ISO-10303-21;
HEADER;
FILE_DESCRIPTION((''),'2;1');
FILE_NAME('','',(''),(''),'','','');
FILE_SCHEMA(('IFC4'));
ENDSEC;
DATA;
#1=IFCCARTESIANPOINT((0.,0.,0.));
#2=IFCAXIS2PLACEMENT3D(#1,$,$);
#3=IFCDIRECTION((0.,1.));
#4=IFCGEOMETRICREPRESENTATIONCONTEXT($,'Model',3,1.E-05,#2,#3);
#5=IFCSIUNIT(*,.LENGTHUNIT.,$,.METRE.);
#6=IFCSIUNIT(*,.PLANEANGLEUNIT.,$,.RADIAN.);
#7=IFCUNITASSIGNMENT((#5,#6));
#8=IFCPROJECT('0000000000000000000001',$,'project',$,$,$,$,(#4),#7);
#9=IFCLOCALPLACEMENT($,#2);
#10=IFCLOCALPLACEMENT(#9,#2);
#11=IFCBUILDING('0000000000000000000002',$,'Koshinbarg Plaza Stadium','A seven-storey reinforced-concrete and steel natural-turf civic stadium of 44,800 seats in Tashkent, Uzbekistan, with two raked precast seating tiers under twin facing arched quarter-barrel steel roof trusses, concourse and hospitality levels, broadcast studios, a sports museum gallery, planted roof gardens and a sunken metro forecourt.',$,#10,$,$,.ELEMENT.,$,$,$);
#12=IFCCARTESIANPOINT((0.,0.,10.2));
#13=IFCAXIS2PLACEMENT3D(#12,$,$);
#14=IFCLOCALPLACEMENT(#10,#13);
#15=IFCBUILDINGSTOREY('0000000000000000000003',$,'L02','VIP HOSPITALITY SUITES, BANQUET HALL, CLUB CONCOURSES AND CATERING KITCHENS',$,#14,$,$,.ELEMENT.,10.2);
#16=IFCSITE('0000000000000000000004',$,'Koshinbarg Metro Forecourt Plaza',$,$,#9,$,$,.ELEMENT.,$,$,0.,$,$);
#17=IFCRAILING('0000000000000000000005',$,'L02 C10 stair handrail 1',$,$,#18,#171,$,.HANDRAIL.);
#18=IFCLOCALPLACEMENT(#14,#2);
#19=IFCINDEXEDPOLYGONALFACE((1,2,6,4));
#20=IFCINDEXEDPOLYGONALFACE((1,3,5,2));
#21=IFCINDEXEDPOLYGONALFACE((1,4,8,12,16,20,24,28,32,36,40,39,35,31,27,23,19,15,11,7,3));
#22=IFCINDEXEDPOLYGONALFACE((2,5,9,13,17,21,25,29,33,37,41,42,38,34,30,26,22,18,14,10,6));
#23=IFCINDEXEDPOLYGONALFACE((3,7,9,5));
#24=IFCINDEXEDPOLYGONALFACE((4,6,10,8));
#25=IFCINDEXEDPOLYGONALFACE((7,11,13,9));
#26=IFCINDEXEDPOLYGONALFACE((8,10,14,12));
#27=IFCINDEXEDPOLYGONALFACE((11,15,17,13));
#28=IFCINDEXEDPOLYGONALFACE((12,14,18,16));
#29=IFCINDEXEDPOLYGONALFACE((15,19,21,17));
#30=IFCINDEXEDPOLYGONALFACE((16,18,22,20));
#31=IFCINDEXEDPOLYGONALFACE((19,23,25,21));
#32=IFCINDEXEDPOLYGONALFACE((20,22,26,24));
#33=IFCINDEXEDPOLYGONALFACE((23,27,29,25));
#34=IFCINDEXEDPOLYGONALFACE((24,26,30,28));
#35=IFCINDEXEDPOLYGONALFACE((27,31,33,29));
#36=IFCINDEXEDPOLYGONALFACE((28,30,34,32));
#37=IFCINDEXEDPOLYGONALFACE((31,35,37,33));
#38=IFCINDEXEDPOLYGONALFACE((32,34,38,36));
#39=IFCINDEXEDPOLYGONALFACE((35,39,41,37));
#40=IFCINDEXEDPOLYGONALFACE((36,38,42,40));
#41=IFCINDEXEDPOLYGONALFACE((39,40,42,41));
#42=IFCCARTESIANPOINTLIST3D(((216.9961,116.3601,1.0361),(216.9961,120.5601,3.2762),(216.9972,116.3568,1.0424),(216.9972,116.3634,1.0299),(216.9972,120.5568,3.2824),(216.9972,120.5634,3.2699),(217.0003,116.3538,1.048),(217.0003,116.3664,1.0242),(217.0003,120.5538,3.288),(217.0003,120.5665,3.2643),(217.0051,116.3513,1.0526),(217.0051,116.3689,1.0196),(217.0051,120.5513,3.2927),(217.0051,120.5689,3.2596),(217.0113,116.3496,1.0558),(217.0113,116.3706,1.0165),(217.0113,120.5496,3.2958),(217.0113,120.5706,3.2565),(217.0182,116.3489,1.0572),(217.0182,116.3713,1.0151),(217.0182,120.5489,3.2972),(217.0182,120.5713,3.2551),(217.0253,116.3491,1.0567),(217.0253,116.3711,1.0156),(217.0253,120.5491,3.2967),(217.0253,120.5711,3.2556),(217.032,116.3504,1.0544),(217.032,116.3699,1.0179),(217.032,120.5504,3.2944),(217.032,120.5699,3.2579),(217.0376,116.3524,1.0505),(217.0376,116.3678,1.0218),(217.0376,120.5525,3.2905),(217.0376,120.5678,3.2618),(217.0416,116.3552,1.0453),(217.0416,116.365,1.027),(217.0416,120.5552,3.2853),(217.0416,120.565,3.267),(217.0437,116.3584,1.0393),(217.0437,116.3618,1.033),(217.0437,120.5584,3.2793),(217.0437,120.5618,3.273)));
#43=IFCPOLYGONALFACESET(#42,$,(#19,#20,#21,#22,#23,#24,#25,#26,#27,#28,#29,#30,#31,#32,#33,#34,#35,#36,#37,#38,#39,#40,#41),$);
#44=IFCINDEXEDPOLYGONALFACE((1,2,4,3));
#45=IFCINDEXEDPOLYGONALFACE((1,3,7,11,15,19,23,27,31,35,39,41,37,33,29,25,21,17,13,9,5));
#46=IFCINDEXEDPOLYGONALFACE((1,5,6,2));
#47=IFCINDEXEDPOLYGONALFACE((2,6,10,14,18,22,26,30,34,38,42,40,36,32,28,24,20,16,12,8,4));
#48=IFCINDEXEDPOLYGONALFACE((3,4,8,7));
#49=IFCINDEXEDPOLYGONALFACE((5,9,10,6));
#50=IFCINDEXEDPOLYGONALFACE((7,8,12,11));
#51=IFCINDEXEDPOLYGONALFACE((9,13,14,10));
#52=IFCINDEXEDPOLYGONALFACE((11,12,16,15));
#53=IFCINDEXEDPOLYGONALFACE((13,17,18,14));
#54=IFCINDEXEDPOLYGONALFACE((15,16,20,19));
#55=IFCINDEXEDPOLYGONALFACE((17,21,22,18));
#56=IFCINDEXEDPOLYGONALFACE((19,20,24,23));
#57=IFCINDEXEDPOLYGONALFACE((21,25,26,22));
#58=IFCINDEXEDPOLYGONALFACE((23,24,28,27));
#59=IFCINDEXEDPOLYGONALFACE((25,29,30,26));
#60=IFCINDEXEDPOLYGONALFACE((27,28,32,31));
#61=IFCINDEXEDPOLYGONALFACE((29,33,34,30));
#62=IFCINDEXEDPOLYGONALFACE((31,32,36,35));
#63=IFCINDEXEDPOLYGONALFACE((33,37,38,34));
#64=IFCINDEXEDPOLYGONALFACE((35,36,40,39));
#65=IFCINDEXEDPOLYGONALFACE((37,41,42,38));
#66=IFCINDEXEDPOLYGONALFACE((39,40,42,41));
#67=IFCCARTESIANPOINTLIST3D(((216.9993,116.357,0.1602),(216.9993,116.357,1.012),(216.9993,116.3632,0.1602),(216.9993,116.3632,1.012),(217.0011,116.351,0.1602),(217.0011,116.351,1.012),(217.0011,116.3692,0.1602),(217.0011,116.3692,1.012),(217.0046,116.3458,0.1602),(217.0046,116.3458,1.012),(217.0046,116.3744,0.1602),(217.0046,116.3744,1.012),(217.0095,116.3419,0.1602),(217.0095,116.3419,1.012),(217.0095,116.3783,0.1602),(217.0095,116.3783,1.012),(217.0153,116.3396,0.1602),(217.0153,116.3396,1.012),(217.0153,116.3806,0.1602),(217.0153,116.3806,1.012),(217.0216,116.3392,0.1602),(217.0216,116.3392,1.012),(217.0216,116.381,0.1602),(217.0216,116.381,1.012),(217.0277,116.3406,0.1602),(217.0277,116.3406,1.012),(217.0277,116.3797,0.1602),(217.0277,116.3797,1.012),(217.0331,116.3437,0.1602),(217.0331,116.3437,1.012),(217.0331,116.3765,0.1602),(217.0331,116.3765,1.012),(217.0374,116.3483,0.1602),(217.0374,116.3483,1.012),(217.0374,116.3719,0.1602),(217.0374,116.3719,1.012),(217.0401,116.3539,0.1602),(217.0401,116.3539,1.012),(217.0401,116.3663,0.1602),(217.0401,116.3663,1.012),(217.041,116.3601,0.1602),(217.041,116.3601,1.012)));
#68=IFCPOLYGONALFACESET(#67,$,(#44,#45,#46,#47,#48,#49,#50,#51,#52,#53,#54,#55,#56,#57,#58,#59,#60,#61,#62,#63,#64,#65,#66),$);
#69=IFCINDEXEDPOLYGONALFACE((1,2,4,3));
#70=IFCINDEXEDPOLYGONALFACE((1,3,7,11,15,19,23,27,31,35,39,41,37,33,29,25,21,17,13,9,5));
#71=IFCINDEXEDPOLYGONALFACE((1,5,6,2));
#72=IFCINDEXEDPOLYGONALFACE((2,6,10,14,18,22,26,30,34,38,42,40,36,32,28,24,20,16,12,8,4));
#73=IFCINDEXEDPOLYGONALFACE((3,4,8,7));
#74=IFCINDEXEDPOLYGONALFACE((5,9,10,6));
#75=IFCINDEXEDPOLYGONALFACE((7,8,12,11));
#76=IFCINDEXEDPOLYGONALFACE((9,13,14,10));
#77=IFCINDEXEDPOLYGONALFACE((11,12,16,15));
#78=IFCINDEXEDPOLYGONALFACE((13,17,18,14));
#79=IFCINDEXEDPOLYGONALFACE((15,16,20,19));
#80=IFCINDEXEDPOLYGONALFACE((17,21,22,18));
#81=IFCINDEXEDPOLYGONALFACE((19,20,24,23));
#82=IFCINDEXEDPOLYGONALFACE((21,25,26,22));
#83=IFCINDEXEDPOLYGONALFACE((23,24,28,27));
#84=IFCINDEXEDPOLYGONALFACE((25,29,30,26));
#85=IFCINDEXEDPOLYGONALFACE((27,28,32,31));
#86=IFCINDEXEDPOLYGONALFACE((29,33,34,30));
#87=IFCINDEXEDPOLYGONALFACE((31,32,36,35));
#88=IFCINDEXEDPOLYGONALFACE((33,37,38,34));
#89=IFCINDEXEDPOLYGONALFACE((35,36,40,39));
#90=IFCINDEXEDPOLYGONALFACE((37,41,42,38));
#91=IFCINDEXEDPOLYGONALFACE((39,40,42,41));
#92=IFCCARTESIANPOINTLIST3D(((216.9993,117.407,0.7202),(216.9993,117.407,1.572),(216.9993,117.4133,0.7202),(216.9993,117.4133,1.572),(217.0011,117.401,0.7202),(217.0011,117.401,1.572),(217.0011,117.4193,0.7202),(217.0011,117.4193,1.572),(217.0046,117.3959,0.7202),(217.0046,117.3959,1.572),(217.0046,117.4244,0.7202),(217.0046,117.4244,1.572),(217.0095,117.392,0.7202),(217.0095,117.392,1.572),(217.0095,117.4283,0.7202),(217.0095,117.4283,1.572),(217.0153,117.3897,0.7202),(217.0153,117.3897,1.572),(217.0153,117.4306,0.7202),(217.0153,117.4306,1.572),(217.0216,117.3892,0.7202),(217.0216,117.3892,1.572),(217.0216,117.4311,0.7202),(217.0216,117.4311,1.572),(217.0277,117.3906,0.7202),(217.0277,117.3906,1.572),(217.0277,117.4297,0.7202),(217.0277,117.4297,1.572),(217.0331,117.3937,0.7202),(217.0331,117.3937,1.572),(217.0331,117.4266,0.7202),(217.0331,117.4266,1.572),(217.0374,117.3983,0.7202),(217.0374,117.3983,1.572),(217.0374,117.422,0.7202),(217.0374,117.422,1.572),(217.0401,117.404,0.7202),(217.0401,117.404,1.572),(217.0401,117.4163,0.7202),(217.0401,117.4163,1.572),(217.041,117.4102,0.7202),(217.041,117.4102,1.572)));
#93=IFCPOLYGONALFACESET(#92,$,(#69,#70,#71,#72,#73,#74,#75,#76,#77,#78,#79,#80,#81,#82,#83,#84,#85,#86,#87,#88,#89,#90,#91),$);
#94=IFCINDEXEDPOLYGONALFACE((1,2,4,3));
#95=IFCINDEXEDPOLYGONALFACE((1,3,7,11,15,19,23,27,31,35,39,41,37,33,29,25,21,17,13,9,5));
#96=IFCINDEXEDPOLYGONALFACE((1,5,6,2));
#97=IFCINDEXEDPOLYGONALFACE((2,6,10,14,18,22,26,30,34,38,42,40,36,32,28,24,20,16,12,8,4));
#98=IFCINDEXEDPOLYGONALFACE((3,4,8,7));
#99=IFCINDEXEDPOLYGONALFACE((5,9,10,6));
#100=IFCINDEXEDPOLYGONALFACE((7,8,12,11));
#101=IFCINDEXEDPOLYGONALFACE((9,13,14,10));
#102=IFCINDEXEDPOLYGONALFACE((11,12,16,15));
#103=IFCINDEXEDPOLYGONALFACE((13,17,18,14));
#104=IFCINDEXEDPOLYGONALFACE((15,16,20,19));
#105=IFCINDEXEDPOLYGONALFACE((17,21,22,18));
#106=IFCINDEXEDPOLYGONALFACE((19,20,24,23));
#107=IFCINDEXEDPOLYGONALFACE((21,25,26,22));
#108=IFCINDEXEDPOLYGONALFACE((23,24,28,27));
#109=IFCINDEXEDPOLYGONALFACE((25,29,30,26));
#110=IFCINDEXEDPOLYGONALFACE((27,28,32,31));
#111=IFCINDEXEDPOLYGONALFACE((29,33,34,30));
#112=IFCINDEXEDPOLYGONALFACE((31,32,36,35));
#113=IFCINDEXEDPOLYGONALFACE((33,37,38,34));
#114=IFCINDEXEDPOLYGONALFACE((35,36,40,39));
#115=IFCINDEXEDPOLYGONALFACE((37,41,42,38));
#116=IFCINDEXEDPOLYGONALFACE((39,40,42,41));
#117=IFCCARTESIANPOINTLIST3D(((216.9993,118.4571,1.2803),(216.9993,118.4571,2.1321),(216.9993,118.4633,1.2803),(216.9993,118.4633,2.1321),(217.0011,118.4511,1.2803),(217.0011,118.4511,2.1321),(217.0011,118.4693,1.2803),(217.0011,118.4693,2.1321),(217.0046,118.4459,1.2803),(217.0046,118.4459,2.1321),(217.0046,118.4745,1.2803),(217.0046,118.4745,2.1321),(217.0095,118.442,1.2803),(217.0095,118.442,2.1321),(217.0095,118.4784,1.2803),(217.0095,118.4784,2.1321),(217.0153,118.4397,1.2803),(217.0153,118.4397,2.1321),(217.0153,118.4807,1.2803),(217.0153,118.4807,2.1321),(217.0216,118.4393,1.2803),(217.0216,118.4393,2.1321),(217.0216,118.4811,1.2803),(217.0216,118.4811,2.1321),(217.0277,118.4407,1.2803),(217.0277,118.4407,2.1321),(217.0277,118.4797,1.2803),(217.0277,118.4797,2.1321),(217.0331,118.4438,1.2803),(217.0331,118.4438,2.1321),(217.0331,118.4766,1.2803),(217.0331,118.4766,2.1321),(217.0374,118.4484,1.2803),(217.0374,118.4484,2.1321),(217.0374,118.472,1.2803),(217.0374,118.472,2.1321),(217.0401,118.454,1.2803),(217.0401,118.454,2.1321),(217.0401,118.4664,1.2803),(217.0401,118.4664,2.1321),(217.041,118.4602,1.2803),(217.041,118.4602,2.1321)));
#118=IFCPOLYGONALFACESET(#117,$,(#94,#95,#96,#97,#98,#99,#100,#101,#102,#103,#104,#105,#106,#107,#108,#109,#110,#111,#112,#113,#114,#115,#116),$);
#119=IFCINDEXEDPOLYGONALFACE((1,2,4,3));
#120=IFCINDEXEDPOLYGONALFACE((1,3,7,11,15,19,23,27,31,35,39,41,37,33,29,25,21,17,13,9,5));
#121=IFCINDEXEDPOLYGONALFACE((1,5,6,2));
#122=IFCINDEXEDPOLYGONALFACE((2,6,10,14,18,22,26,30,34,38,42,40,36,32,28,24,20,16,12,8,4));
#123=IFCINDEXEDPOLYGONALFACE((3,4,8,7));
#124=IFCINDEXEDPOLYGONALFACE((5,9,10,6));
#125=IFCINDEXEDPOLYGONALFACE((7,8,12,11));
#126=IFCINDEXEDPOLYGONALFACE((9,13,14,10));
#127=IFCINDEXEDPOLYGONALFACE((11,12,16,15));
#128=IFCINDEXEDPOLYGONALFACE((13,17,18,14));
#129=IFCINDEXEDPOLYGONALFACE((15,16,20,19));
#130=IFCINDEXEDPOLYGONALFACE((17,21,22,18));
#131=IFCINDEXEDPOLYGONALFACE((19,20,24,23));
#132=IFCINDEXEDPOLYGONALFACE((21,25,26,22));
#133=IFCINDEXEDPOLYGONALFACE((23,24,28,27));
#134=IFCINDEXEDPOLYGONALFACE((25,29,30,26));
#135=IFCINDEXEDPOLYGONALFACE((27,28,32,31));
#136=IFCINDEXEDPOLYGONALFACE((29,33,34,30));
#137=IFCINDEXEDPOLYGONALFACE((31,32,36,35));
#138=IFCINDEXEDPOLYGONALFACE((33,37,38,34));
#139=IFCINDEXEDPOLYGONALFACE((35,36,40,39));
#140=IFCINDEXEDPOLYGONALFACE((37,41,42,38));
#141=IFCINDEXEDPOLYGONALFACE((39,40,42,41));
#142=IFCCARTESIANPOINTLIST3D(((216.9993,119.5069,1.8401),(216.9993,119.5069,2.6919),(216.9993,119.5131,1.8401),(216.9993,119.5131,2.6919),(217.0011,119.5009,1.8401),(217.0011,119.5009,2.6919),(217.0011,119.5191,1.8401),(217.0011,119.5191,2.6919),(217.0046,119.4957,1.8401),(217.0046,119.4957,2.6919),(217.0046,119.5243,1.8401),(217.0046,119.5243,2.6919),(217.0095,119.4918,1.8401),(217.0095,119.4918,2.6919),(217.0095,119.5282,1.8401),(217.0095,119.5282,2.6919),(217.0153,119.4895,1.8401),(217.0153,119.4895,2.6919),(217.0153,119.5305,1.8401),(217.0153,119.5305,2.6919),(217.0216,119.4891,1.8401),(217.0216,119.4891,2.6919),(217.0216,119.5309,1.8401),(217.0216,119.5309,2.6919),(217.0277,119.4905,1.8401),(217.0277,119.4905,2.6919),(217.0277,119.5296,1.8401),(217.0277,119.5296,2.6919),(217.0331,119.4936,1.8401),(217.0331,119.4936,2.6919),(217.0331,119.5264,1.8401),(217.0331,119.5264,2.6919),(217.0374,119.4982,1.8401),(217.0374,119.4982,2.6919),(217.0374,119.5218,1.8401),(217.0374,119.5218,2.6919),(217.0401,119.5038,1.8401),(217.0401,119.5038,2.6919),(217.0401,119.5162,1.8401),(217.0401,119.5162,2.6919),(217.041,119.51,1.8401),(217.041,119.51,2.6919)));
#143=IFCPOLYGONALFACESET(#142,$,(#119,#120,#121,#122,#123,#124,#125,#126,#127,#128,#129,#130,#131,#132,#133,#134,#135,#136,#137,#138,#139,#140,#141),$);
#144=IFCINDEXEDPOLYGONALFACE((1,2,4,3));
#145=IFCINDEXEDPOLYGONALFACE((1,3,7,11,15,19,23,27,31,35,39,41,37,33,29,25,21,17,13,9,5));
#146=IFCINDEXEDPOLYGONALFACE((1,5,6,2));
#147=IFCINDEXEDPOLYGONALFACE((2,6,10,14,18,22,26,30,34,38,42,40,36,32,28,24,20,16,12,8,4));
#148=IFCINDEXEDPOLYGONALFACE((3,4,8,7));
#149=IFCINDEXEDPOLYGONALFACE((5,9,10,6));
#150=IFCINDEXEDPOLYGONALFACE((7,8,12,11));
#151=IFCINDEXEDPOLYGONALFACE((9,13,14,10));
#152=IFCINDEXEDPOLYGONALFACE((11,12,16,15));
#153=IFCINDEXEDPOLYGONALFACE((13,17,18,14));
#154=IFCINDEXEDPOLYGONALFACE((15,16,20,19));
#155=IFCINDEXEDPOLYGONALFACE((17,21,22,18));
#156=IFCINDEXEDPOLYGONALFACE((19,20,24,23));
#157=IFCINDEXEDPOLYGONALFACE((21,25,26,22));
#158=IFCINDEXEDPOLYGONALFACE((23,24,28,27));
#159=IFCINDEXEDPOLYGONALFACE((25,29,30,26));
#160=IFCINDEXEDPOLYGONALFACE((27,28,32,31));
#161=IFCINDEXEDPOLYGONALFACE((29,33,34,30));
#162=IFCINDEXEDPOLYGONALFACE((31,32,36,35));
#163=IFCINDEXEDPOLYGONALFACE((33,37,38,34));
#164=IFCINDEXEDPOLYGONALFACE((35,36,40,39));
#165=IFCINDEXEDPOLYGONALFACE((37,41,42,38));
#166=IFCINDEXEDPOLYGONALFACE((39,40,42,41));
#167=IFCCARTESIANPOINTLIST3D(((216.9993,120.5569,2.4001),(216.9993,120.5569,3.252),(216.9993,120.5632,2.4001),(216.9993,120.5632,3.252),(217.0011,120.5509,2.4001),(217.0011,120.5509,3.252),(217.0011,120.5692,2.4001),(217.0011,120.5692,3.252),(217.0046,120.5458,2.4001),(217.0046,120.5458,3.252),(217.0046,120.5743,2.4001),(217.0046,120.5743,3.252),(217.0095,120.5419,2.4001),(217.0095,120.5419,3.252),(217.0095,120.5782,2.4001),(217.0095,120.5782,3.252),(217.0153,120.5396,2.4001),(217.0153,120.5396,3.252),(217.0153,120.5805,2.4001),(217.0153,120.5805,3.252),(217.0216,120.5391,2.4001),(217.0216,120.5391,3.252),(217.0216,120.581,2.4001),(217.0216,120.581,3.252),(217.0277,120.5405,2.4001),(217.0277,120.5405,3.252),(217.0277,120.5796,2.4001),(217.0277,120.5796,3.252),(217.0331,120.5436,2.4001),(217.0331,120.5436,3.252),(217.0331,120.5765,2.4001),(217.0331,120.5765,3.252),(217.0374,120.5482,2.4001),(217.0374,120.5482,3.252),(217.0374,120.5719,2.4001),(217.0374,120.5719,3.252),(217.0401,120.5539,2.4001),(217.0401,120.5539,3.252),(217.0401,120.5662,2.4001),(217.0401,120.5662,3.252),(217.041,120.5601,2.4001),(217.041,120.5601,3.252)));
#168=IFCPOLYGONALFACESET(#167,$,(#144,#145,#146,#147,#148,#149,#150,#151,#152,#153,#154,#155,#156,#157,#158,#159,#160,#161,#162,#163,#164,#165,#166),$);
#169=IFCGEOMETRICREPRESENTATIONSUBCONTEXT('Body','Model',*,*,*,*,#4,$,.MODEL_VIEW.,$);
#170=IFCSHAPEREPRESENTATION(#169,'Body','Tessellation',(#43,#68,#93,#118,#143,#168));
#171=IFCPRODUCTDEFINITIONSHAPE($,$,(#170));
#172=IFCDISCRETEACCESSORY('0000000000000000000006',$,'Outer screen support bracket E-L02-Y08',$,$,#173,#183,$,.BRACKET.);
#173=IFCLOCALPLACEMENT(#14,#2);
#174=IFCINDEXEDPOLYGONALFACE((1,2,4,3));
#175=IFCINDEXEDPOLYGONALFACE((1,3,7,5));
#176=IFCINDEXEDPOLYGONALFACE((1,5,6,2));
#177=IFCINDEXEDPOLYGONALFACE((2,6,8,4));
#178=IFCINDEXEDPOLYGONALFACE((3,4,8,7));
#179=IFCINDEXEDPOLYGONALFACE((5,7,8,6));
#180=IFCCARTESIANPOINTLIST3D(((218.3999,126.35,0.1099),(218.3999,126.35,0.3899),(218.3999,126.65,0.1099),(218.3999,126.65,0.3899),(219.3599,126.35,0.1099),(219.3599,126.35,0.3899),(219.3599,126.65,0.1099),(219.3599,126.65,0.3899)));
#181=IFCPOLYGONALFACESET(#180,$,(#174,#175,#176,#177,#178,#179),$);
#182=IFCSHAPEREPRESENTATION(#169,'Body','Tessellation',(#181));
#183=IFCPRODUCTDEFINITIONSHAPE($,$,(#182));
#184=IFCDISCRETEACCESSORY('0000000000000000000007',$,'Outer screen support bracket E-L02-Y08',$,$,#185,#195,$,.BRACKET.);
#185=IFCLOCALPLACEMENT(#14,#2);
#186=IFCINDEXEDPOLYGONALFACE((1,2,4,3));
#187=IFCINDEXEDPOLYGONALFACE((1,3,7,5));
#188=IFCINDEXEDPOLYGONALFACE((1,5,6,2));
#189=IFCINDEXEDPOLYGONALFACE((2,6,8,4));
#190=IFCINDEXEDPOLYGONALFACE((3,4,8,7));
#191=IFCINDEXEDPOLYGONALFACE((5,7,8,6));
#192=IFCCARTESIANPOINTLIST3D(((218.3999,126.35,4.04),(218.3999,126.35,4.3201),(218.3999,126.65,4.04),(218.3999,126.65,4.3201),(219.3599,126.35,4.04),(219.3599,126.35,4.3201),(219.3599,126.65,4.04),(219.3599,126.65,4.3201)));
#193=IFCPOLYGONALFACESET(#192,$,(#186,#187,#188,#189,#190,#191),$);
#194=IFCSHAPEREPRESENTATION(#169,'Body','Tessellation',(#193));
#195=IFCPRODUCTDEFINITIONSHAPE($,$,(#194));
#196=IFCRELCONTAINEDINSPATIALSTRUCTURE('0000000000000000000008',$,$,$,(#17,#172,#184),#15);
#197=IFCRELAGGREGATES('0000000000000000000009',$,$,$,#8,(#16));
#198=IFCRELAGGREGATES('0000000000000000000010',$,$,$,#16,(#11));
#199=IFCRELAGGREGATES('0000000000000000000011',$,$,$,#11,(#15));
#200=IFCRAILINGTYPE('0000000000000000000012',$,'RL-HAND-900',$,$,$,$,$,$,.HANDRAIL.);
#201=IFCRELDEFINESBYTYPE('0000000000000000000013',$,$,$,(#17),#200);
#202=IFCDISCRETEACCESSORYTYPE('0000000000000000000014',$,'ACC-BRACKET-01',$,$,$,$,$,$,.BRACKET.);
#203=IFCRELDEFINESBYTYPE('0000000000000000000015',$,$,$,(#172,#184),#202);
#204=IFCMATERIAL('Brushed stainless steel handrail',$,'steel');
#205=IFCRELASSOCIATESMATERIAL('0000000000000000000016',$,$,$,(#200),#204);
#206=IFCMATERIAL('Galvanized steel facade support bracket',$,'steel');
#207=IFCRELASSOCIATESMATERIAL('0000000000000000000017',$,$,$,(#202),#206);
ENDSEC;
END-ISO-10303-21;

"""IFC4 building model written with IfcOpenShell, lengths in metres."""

from ifc_helpers import new_model, si_unit, direction, frame, origin, origin_2d, place, context, subcontext, project, spatial, rectangle, circle, extrude, material, type_object, element, save


model = new_model("IFC4")

# Units and contexts
model_context = context("Model", 3, precision=1e-05, world=origin(), true_north=direction((0.0, 1.0)))
body_context = subcontext(model_context, "Body", "Model", "MODEL_VIEW")
ifc_project = project(units=[si_unit("LENGTHUNIT", "METRE"), si_unit("PLANEANGLEUNIT", "RADIAN")], contexts=[model_context])

# Site, building, storey
site_placement = place(None, origin())
site = spatial("IfcSite", under=ifc_project, at=site_placement, Name="Koshinbarg Metro Forecourt Plaza", CompositionType="ELEMENT", RefElevation=0.0)
building_placement = place(site_placement, origin())
building = spatial("IfcBuilding", under=site, at=building_placement, Name="Koshinbarg Plaza Stadium", Description="A seven-storey reinforced-concrete and steel natural-turf civic stadium of 44,800 seats in Tashkent, Uzbekistan, with two raked precast seating tiers under twin facing arched quarter-barrel steel roof trusses, concourse and hospitality levels, broadcast studios, a sports museum gallery, planted roof gardens and a sunken metro forecourt.", CompositionType="ELEMENT")
storey_placement = place(building_placement, frame((0.0, 0.0, 10.2)))
storey = spatial("IfcBuildingStorey", under=building, at=storey_placement, Name="L02", Description="VIP HOSPITALITY SUITES, BANQUET HALL, CLUB CONCOURSES AND CATERING KITCHENS", CompositionType="ELEMENT", Elevation=10.2)

# Railing
ifc_material_1 = material(Name="Brushed stainless steel handrail", Category="steel")
railing_type_1 = type_object("IfcRailingType", Name="RL-HAND-900", PredefinedType="HANDRAIL", material=ifc_material_1)
railing_1_placement = place(storey_placement, frame((217.02, 116.3601, 0.1602)))
element("IfcRailing", 1, at=railing_1_placement, inside=storey, type_object=railing_type_1, Name="L02 C10 stair handrail 1", PredefinedType="HANDRAIL", context=body_context, shape_type="SweptSolid", body=[
    extrude(circle(Radius=0.0239, at=origin_2d()), frame((0.0, 0.0, 0.876), z_axis=(0.0, 0.882352, 0.470591), x_axis=(-1.0, 0.0, 0.0)), (0.0, 0.0, 1.0), 4.76),
    extrude(circle(Radius=0.021, at=origin_2d()), origin(), (0.0, 0.0, 1.0), 0.8518),
    extrude(circle(Radius=0.021, at=origin_2d()), frame((0.0, 1.05, 0.5601)), (0.0, 0.0, 1.0), 0.8518),
    extrude(circle(Radius=0.021, at=origin_2d()), frame((0.0, 2.1001, 1.1201)), (0.0, 0.0, 1.0), 0.8518),
    extrude(circle(Radius=0.021, at=origin_2d()), frame((0.0, 3.1499, 1.6799)), (0.0, 0.0, 1.0), 0.8518),
    extrude(circle(Radius=0.021, at=origin_2d()), frame((0.0, 4.2, 2.24)), (0.0, 0.0, 1.0), 0.8518),
])

# Discrete accessories
ifc_material_2 = material(Name="Galvanized steel facade support bracket", Category="steel")
discrete_accessory_type = type_object("IfcDiscreteAccessoryType", Name="ACC-BRACKET-01", PredefinedType="BRACKET", material=ifc_material_2)
for number, where, z_axis, x_axis, name in (
    (2, (218.8799, 126.5, 0.1099), (0.0, 0.0, 1.0), (1.0, 0.0, 0.0), "Outer screen support bracket E-L02-Y08"),
    (3, (218.8799, 126.5, 4.04), (0.0, 0.0, 1.0), (1.0, 0.0, 0.0), "Outer screen support bracket E-L02-Y08"),
):
    element("IfcDiscreteAccessory", number, at=place(storey_placement, frame(where, z_axis=z_axis, x_axis=x_axis)), inside=storey, type_object=discrete_accessory_type, Name=name, PredefinedType="BRACKET", context=body_context, shape_type="SweptSolid", body=[
        extrude(rectangle(XDim=0.96, YDim=0.3, at=origin_2d()), origin(), (0.0, 0.0, 1.0), 0.28),
    ])

save(model, "model.ifc")
